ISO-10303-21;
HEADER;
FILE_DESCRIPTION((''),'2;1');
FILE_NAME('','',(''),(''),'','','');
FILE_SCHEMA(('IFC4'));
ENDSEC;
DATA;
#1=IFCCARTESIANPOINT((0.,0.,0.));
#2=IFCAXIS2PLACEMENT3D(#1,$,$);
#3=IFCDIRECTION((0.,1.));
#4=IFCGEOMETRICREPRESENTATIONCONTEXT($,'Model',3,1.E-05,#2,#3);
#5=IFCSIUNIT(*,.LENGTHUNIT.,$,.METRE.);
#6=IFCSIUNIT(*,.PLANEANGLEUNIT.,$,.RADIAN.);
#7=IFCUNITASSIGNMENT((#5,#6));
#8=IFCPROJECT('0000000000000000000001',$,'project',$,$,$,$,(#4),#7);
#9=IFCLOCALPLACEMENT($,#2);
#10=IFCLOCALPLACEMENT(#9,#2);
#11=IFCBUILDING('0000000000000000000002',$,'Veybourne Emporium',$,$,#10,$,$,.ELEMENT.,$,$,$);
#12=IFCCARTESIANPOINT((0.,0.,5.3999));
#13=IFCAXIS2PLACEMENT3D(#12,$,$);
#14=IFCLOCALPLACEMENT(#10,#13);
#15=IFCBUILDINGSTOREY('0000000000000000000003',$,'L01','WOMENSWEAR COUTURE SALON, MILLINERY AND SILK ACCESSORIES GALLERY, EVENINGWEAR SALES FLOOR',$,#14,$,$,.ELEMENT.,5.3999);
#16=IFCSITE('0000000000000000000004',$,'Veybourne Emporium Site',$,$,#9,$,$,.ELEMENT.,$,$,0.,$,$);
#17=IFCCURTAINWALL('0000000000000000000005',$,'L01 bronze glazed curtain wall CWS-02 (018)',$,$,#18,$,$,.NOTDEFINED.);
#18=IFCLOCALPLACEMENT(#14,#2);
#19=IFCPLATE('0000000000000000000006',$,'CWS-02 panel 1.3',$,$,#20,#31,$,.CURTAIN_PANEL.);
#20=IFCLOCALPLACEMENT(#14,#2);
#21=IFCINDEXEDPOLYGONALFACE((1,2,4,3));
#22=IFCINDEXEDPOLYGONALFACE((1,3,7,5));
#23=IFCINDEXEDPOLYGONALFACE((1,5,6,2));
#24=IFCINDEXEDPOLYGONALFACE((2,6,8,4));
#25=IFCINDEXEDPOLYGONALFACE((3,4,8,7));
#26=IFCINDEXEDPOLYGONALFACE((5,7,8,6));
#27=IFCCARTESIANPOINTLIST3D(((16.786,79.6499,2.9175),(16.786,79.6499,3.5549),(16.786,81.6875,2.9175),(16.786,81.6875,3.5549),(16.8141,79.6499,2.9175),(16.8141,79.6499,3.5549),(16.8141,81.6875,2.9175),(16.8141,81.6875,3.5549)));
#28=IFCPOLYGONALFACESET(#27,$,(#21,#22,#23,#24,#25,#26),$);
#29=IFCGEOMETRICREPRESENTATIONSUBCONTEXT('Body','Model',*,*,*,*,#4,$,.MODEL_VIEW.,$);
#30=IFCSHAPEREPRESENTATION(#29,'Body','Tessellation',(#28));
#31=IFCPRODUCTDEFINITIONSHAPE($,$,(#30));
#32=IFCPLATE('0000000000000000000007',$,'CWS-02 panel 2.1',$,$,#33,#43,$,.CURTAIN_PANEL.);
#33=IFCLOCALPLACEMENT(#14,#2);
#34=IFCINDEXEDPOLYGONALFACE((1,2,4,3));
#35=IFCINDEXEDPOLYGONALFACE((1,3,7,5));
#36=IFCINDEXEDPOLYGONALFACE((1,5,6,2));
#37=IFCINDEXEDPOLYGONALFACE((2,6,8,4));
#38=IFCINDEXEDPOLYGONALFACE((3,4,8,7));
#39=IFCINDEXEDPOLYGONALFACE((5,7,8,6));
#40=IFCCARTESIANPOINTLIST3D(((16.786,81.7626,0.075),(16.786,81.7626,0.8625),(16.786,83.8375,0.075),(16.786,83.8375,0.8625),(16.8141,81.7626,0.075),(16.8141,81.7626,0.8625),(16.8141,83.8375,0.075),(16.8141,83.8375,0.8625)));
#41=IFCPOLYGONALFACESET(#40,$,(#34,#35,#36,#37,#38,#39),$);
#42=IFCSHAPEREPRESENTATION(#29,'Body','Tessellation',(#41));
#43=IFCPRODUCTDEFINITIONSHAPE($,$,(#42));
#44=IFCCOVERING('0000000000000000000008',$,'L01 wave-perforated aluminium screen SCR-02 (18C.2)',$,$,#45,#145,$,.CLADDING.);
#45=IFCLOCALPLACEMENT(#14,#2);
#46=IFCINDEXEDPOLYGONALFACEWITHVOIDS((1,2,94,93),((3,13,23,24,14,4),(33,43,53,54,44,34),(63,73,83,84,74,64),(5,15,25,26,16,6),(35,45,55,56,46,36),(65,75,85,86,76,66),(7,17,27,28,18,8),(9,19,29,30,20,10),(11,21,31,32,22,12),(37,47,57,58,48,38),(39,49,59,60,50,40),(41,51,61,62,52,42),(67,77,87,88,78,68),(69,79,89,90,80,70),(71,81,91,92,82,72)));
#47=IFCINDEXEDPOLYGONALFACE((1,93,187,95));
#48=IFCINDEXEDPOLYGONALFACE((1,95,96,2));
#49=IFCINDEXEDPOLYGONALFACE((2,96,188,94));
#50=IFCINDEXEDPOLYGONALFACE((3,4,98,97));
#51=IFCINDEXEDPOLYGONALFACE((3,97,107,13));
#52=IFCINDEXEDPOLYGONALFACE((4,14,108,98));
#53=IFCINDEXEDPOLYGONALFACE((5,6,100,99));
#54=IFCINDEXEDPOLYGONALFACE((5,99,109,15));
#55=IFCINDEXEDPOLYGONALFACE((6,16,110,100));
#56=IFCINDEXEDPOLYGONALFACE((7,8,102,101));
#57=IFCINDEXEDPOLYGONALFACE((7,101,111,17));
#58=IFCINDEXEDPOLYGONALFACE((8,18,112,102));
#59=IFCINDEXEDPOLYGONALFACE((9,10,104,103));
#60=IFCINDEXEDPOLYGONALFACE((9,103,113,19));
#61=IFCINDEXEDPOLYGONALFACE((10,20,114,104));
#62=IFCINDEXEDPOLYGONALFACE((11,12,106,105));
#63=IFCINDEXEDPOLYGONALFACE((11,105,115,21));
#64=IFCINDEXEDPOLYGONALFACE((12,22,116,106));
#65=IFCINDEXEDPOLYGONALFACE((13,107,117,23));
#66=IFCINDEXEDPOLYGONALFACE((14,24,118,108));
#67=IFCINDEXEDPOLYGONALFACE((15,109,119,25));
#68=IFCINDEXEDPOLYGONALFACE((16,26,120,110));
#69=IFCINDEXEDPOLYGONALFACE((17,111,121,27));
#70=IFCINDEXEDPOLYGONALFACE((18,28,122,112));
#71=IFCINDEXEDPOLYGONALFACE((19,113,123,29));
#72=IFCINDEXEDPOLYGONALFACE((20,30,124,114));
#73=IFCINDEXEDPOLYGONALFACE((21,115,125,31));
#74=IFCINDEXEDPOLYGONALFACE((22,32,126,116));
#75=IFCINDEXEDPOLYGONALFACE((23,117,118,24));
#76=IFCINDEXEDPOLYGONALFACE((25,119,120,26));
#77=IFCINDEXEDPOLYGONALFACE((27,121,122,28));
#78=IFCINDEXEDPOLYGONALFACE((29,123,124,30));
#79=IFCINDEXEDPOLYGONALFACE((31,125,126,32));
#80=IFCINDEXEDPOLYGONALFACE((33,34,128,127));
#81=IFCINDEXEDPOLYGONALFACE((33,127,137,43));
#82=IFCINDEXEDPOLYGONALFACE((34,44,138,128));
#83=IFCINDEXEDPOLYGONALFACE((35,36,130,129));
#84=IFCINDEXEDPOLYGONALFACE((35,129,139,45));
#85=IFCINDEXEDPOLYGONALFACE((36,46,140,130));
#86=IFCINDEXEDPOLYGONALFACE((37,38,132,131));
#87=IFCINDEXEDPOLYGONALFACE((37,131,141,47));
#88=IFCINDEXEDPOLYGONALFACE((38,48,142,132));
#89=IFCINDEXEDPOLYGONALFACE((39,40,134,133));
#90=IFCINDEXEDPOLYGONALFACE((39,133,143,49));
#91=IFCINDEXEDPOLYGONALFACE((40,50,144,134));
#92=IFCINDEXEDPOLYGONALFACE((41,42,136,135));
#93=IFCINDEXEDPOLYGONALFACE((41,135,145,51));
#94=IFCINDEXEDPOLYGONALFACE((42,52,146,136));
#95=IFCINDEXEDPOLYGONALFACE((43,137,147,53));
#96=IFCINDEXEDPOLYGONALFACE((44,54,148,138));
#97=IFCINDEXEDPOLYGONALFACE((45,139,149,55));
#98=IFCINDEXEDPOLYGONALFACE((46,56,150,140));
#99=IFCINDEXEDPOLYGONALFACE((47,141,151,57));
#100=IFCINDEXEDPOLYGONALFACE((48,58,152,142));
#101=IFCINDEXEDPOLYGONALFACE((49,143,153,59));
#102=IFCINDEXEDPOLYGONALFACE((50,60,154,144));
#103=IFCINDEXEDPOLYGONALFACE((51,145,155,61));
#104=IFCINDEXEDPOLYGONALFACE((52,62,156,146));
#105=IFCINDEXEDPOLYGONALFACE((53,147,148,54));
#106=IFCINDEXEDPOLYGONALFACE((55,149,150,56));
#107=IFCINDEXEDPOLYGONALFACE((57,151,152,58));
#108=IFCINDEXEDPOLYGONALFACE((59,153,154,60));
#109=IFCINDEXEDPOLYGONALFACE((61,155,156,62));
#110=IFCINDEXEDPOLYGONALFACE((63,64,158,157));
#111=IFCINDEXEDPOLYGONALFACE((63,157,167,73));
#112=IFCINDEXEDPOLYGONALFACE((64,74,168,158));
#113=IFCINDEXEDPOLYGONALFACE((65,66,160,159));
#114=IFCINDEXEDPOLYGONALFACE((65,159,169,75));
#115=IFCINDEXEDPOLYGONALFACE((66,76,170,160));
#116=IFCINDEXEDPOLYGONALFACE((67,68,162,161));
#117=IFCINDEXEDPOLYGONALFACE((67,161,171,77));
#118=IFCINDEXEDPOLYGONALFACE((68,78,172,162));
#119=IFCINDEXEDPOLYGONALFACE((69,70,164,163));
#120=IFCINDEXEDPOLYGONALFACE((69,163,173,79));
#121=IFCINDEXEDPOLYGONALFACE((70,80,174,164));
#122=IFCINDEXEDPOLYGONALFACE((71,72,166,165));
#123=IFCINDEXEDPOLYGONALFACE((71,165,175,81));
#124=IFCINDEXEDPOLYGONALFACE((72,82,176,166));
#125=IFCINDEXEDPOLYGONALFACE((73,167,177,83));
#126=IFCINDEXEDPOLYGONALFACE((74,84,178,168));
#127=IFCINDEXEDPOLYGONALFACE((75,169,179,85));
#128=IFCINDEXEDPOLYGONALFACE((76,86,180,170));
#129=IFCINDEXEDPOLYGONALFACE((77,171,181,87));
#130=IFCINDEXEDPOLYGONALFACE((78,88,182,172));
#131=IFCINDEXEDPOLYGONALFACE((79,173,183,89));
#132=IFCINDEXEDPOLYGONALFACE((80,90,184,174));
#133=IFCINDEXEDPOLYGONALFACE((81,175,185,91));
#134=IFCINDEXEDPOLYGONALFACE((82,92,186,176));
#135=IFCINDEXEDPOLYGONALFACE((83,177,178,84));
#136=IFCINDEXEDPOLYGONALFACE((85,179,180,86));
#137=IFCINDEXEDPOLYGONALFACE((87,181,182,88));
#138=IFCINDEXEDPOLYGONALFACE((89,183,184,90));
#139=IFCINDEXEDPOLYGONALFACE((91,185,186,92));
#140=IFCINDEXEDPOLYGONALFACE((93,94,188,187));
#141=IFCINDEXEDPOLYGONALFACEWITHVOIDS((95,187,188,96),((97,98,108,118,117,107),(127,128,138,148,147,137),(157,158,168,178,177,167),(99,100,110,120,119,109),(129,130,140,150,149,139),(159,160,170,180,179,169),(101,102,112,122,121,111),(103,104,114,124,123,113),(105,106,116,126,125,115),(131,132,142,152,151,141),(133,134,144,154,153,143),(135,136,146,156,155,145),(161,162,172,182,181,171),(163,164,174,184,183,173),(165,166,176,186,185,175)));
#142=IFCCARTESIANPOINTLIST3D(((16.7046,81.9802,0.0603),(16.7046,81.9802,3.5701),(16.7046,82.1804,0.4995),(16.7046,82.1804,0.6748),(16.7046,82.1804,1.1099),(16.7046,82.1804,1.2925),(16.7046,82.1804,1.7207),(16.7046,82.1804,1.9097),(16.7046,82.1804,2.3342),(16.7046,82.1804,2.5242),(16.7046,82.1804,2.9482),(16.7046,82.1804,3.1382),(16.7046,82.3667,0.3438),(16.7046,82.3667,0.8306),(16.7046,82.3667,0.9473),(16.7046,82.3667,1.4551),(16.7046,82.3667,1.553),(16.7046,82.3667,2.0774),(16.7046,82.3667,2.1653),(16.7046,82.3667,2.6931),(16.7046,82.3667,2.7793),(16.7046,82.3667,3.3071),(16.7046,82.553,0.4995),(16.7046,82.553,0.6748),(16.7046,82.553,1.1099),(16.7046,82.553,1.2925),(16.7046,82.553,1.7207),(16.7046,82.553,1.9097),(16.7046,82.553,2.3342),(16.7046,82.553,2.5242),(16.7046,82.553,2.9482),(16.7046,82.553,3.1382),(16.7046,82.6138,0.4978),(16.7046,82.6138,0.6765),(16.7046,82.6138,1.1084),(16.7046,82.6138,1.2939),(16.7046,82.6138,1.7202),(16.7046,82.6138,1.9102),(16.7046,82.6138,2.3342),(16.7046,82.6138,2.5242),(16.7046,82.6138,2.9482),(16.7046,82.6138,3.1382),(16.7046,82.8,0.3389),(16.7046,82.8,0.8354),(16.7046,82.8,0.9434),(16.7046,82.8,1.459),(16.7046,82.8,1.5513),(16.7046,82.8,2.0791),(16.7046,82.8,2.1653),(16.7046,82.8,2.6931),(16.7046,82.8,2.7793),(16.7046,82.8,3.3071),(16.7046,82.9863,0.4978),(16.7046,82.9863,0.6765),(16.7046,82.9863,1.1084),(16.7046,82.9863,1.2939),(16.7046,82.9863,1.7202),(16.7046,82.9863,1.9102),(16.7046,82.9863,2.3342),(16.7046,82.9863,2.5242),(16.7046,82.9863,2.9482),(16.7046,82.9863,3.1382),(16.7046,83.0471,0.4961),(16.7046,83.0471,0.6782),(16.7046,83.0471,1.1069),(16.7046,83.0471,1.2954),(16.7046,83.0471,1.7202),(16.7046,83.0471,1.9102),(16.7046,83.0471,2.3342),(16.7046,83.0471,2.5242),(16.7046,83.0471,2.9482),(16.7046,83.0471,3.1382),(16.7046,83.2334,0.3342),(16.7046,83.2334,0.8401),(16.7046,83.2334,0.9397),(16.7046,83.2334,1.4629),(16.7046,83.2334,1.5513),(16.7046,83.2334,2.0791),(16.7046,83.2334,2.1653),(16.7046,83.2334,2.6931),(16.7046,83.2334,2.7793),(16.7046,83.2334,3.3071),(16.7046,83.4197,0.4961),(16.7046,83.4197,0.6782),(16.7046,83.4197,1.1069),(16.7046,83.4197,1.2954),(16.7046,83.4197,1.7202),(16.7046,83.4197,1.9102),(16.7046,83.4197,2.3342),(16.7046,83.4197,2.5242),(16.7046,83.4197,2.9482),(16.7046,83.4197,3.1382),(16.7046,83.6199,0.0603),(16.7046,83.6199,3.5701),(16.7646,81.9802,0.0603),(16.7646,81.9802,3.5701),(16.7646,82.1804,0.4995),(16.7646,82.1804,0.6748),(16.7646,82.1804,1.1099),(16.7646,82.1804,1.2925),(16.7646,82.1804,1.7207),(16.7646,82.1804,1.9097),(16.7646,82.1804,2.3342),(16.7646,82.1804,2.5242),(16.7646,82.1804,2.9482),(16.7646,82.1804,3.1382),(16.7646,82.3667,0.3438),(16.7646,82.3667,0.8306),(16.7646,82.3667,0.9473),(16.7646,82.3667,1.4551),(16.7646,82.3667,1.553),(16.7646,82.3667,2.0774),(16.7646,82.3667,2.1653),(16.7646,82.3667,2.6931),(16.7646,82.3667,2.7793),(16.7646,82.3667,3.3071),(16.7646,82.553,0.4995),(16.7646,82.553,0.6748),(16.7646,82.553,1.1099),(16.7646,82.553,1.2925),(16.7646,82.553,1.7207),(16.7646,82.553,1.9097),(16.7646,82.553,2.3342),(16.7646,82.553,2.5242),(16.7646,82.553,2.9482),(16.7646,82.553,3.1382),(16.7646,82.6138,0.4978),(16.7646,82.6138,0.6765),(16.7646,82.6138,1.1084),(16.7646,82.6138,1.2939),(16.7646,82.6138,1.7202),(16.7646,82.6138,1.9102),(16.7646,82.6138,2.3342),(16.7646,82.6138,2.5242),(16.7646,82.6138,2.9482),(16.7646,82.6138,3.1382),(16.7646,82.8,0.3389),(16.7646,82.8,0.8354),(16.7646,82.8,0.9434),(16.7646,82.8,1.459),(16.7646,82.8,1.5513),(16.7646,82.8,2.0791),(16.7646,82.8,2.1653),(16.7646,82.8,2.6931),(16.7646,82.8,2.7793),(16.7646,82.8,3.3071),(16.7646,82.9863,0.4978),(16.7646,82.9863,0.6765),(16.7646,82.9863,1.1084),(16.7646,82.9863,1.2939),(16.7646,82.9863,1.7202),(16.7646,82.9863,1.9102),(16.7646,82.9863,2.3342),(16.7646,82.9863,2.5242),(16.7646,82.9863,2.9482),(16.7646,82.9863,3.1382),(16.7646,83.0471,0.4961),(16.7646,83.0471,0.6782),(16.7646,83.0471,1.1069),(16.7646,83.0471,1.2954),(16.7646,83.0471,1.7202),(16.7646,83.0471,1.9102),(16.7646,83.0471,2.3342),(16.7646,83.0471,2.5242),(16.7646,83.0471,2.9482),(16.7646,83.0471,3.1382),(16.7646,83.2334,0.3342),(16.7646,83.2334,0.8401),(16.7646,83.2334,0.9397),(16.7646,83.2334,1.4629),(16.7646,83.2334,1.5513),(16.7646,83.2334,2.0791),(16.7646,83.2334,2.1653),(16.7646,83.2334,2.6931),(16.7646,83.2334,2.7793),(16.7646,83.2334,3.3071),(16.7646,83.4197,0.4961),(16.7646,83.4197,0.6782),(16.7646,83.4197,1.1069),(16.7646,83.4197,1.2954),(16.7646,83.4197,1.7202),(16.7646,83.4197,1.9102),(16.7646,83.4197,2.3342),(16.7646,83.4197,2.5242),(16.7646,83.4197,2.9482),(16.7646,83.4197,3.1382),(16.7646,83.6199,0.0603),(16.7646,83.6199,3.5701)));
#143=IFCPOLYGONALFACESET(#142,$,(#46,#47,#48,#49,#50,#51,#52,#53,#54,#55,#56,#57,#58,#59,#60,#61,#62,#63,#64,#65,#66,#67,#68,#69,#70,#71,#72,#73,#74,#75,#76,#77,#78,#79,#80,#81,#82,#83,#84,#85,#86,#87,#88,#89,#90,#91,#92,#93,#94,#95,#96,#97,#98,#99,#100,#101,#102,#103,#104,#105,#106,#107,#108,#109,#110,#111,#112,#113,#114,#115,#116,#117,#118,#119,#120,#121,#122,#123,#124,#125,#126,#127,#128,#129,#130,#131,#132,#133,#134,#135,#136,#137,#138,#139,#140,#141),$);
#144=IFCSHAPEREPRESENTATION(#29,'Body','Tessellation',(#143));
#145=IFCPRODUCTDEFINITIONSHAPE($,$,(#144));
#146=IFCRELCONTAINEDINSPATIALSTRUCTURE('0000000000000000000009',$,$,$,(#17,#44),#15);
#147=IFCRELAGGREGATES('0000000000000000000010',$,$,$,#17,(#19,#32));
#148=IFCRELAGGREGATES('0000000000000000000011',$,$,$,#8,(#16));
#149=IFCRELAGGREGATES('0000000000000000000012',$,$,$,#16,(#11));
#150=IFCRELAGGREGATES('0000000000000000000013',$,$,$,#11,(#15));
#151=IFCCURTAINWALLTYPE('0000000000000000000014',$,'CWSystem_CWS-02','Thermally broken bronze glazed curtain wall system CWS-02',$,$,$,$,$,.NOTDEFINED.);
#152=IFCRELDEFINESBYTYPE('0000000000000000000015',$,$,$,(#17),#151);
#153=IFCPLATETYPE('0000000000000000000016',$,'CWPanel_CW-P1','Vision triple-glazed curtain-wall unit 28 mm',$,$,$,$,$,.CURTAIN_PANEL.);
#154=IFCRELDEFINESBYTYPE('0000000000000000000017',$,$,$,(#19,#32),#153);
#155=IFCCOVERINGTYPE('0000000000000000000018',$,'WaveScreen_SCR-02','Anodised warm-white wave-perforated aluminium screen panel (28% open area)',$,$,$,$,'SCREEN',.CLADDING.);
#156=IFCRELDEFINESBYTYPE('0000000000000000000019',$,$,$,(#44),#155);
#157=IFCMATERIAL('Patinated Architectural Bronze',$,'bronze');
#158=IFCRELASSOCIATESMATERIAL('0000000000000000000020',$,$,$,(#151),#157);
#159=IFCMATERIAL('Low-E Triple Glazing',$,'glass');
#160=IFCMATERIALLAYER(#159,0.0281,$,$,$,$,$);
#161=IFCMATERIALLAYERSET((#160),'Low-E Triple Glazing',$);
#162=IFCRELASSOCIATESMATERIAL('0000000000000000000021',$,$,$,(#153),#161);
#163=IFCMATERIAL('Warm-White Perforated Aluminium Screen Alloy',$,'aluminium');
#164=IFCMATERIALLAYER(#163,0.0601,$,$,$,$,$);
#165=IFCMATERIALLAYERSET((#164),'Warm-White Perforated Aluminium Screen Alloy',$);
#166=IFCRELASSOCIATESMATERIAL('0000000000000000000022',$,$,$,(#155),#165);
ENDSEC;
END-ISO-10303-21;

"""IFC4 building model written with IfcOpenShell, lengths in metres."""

from ifc_helpers import new_model, si_unit, direction, frame, origin, origin_2d, place, context, subcontext, project, spatial, polyline, rectangle, outline, extrude, material, layer, layer_set, type_object, element, aggregate, save


model = new_model("IFC4")

# Units and contexts
model_context = context("Model", 3, precision=1e-05, world=origin(), true_north=direction((0.0, 1.0)))
body_context = subcontext(model_context, "Body", "Model", "MODEL_VIEW")
ifc_project = project(units=[si_unit("LENGTHUNIT", "METRE"), si_unit("PLANEANGLEUNIT", "RADIAN")], contexts=[model_context])

# Site, building, storey
site_placement = place(None, origin())
site = spatial("IfcSite", under=ifc_project, at=site_placement, Name="Veybourne Emporium Site", CompositionType="ELEMENT", RefElevation=0.0)
building_placement = place(site_placement, origin())
building = spatial("IfcBuilding", under=site, at=building_placement, Name="Veybourne Emporium", CompositionType="ELEMENT")
storey_placement = place(building_placement, frame((0.0, 0.0, 5.3999)))
storey = spatial("IfcBuildingStorey", under=building, at=storey_placement, Name="L01", Description="WOMENSWEAR COUTURE SALON, MILLINERY AND SILK ACCESSORIES GALLERY, EVENINGWEAR SALES FLOOR", CompositionType="ELEMENT", Elevation=5.3999)

# Curtain wall
ifc_material_1 = material(Name="Patinated Architectural Bronze", Category="bronze")
curtain_wall_type = type_object("IfcCurtainWallType", Name="CWSystem_CWS-02", Description="Thermally broken bronze glazed curtain wall system CWS-02", PredefinedType="NOTDEFINED", material=ifc_material_1)
curtain_wall_placement = place(storey_placement, origin())
curtain_wall = element("IfcCurtainWall", 1, at=curtain_wall_placement, inside=storey, type_object=curtain_wall_type, Name="L01 bronze glazed curtain wall CWS-02 (018)", PredefinedType="NOTDEFINED")

# Plates
ifc_material_2 = material(Name="Low-E Triple Glazing", Category="glass")
ifc_layer_1 = layer(ifc_material_2, 0.0281)
ifc_layer_set_1 = layer_set([ifc_layer_1], Name="Low-E Triple Glazing")
plate_type = type_object("IfcPlateType", Name="CWPanel_CW-P1", Description="Vision triple-glazed curtain-wall unit 28 mm", PredefinedType="CURTAIN_PANEL", material=ifc_layer_set_1)
plate_1_placement = place(storey_placement, frame((16.8, 80.6687, 2.9175), z_axis=(0.0, 0.0, 1.0), x_axis=(0.0, 1.0, 0.0)))
plate_1 = element("IfcPlate", 2, at=plate_1_placement, type_object=plate_type, Name="CWS-02 panel 1.3", PredefinedType="CURTAIN_PANEL", context=body_context, shape_type="SweptSolid", body=[
    extrude(rectangle(XDim=2.0376, YDim=0.0281, at=origin_2d()), origin(), (0.0, 0.0, 1.0), 0.6375),
])
plate_2_placement = place(storey_placement, frame((16.8, 82.8, 0.075), z_axis=(0.0, 0.0, 1.0), x_axis=(0.0, 1.0, 0.0)))
plate_2 = element("IfcPlate", 3, at=plate_2_placement, type_object=plate_type, Name="CWS-02 panel 2.1", PredefinedType="CURTAIN_PANEL", context=body_context, shape_type="SweptSolid", body=[
    extrude(rectangle(XDim=2.075, YDim=0.0281, at=origin_2d()), origin(), (0.0, 0.0, 1.0), 0.7876),
])
aggregate(curtain_wall, [plate_1, plate_2])

# Covering
ifc_material_3 = material(Name="Warm-White Perforated Aluminium Screen Alloy", Category="aluminium")
ifc_layer_2 = layer(ifc_material_3, 0.0601)
ifc_layer_set_2 = layer_set([ifc_layer_2], Name="Warm-White Perforated Aluminium Screen Alloy")
covering_type_1 = type_object("IfcCoveringType", Name="WaveScreen_SCR-02", Description="Anodised warm-white wave-perforated aluminium screen panel (28% open area)", ElementType="SCREEN", PredefinedType="CLADDING", material=ifc_layer_set_2)
covering_1_placement = place(storey_placement, frame((16.7046, 82.8, 1.8152), z_axis=(1.0, 0.0, 0.0), x_axis=(0.0, 1.0, 0.0)))
element("IfcCovering", 4, at=covering_1_placement, inside=storey, type_object=covering_type_1, Name="L01 wave-perforated aluminium screen SCR-02 (18C.2)", PredefinedType="CLADDING", context=body_context, shape_type="SweptSolid", body=[
    extrude(outline(polyline([(-0.8198, -1.7549), (0.8198, -1.7549), (0.8198, 1.7549), (-0.8198, 1.7549), (-0.8198, -1.7549)]), holes=[polyline([(-0.4333, -0.9846), (-0.2471, -1.1404), (-0.2471, -1.3157), (-0.4333, -1.4714), (-0.6196, -1.3157), (-0.6196, -1.1404), (-0.4333, -0.9846)]), polyline([(-0.4333, -0.3601), (-0.2471, -0.5227), (-0.2471, -0.7053), (-0.4333, -0.8679), (-0.6196, -0.7053), (-0.6196, -0.5227), (-0.4333, -0.3601)]), polyline([(-0.4333, 0.2622), (-0.2471, 0.0945), (-0.2471, -0.0945), (-0.4333, -0.2622), (-0.6196, -0.0945), (-0.6196, 0.0945), (-0.4333, 0.2622)]), polyline([(-0.4333, 0.8779), (-0.2471, 0.709), (-0.2471, 0.519), (-0.4333, 0.3501), (-0.6196, 0.519), (-0.6196, 0.709), (-0.4333, 0.8779)]), polyline([(-0.4333, 1.4919), (-0.2471, 1.323), (-0.2471, 1.1331), (-0.4333, 0.9641), (-0.6196, 1.1331), (-0.6196, 1.323), (-0.4333, 1.4919)]), polyline([(0.0, -0.9797), (0.1863, -1.1387), (0.1863, -1.3174), (0.0, -1.4763), (-0.1863, -1.3174), (-0.1863, -1.1387), (0.0, -0.9797)]), polyline([(0.0, -0.3562), (0.1863, -0.5212), (0.1863, -0.7068), (0.0, -0.8718), (-0.1863, -0.7068), (-0.1863, -0.5212), (0.0, -0.3562)]), polyline([(0.0, 0.2639), (0.1863, 0.095), (0.1863, -0.095), (0.0, -0.2639), (-0.1863, -0.095), (-0.1863, 0.095), (0.0, 0.2639)]), polyline([(0.0, 0.8779), (0.1863, 0.709), (0.1863, 0.519), (0.0, 0.3501), (-0.1863, 0.519), (-0.1863, 0.709), (0.0, 0.8779)]), polyline([(0.0, 1.4919), (0.1863, 1.323), (0.1863, 1.1331), (0.0, 0.9641), (-0.1863, 1.1331), (-0.1863, 1.323), (0.0, 1.4919)]), polyline([(0.4333, -0.9751), (0.6196, -1.137), (0.6196, -1.3191), (0.4333, -1.481), (0.2471, -1.3191), (0.2471, -1.137), (0.4333, -0.9751)]), polyline([(0.4333, -0.3523), (0.6196, -0.5198), (0.6196, -0.7083), (0.4333, -0.8755), (0.2471, -0.7083), (0.2471, -0.5198), (0.4333, -0.3523)]), polyline([(0.4333, 0.2639), (0.6196, 0.095), (0.6196, -0.095), (0.4333, -0.2639), (0.2471, -0.095), (0.2471, 0.095), (0.4333, 0.2639)]), polyline([(0.4333, 0.8779), (0.6196, 0.709), (0.6196, 0.519), (0.4333, 0.3501), (0.2471, 0.519), (0.2471, 0.709), (0.4333, 0.8779)]), polyline([(0.4333, 1.4919), (0.6196, 1.323), (0.6196, 1.1331), (0.4333, 0.9641), (0.2471, 1.1331), (0.2471, 1.323), (0.4333, 1.4919)])]), origin(), (0.0, 0.0, 1.0), 0.0601),
])

save(model, "model.ifc")
